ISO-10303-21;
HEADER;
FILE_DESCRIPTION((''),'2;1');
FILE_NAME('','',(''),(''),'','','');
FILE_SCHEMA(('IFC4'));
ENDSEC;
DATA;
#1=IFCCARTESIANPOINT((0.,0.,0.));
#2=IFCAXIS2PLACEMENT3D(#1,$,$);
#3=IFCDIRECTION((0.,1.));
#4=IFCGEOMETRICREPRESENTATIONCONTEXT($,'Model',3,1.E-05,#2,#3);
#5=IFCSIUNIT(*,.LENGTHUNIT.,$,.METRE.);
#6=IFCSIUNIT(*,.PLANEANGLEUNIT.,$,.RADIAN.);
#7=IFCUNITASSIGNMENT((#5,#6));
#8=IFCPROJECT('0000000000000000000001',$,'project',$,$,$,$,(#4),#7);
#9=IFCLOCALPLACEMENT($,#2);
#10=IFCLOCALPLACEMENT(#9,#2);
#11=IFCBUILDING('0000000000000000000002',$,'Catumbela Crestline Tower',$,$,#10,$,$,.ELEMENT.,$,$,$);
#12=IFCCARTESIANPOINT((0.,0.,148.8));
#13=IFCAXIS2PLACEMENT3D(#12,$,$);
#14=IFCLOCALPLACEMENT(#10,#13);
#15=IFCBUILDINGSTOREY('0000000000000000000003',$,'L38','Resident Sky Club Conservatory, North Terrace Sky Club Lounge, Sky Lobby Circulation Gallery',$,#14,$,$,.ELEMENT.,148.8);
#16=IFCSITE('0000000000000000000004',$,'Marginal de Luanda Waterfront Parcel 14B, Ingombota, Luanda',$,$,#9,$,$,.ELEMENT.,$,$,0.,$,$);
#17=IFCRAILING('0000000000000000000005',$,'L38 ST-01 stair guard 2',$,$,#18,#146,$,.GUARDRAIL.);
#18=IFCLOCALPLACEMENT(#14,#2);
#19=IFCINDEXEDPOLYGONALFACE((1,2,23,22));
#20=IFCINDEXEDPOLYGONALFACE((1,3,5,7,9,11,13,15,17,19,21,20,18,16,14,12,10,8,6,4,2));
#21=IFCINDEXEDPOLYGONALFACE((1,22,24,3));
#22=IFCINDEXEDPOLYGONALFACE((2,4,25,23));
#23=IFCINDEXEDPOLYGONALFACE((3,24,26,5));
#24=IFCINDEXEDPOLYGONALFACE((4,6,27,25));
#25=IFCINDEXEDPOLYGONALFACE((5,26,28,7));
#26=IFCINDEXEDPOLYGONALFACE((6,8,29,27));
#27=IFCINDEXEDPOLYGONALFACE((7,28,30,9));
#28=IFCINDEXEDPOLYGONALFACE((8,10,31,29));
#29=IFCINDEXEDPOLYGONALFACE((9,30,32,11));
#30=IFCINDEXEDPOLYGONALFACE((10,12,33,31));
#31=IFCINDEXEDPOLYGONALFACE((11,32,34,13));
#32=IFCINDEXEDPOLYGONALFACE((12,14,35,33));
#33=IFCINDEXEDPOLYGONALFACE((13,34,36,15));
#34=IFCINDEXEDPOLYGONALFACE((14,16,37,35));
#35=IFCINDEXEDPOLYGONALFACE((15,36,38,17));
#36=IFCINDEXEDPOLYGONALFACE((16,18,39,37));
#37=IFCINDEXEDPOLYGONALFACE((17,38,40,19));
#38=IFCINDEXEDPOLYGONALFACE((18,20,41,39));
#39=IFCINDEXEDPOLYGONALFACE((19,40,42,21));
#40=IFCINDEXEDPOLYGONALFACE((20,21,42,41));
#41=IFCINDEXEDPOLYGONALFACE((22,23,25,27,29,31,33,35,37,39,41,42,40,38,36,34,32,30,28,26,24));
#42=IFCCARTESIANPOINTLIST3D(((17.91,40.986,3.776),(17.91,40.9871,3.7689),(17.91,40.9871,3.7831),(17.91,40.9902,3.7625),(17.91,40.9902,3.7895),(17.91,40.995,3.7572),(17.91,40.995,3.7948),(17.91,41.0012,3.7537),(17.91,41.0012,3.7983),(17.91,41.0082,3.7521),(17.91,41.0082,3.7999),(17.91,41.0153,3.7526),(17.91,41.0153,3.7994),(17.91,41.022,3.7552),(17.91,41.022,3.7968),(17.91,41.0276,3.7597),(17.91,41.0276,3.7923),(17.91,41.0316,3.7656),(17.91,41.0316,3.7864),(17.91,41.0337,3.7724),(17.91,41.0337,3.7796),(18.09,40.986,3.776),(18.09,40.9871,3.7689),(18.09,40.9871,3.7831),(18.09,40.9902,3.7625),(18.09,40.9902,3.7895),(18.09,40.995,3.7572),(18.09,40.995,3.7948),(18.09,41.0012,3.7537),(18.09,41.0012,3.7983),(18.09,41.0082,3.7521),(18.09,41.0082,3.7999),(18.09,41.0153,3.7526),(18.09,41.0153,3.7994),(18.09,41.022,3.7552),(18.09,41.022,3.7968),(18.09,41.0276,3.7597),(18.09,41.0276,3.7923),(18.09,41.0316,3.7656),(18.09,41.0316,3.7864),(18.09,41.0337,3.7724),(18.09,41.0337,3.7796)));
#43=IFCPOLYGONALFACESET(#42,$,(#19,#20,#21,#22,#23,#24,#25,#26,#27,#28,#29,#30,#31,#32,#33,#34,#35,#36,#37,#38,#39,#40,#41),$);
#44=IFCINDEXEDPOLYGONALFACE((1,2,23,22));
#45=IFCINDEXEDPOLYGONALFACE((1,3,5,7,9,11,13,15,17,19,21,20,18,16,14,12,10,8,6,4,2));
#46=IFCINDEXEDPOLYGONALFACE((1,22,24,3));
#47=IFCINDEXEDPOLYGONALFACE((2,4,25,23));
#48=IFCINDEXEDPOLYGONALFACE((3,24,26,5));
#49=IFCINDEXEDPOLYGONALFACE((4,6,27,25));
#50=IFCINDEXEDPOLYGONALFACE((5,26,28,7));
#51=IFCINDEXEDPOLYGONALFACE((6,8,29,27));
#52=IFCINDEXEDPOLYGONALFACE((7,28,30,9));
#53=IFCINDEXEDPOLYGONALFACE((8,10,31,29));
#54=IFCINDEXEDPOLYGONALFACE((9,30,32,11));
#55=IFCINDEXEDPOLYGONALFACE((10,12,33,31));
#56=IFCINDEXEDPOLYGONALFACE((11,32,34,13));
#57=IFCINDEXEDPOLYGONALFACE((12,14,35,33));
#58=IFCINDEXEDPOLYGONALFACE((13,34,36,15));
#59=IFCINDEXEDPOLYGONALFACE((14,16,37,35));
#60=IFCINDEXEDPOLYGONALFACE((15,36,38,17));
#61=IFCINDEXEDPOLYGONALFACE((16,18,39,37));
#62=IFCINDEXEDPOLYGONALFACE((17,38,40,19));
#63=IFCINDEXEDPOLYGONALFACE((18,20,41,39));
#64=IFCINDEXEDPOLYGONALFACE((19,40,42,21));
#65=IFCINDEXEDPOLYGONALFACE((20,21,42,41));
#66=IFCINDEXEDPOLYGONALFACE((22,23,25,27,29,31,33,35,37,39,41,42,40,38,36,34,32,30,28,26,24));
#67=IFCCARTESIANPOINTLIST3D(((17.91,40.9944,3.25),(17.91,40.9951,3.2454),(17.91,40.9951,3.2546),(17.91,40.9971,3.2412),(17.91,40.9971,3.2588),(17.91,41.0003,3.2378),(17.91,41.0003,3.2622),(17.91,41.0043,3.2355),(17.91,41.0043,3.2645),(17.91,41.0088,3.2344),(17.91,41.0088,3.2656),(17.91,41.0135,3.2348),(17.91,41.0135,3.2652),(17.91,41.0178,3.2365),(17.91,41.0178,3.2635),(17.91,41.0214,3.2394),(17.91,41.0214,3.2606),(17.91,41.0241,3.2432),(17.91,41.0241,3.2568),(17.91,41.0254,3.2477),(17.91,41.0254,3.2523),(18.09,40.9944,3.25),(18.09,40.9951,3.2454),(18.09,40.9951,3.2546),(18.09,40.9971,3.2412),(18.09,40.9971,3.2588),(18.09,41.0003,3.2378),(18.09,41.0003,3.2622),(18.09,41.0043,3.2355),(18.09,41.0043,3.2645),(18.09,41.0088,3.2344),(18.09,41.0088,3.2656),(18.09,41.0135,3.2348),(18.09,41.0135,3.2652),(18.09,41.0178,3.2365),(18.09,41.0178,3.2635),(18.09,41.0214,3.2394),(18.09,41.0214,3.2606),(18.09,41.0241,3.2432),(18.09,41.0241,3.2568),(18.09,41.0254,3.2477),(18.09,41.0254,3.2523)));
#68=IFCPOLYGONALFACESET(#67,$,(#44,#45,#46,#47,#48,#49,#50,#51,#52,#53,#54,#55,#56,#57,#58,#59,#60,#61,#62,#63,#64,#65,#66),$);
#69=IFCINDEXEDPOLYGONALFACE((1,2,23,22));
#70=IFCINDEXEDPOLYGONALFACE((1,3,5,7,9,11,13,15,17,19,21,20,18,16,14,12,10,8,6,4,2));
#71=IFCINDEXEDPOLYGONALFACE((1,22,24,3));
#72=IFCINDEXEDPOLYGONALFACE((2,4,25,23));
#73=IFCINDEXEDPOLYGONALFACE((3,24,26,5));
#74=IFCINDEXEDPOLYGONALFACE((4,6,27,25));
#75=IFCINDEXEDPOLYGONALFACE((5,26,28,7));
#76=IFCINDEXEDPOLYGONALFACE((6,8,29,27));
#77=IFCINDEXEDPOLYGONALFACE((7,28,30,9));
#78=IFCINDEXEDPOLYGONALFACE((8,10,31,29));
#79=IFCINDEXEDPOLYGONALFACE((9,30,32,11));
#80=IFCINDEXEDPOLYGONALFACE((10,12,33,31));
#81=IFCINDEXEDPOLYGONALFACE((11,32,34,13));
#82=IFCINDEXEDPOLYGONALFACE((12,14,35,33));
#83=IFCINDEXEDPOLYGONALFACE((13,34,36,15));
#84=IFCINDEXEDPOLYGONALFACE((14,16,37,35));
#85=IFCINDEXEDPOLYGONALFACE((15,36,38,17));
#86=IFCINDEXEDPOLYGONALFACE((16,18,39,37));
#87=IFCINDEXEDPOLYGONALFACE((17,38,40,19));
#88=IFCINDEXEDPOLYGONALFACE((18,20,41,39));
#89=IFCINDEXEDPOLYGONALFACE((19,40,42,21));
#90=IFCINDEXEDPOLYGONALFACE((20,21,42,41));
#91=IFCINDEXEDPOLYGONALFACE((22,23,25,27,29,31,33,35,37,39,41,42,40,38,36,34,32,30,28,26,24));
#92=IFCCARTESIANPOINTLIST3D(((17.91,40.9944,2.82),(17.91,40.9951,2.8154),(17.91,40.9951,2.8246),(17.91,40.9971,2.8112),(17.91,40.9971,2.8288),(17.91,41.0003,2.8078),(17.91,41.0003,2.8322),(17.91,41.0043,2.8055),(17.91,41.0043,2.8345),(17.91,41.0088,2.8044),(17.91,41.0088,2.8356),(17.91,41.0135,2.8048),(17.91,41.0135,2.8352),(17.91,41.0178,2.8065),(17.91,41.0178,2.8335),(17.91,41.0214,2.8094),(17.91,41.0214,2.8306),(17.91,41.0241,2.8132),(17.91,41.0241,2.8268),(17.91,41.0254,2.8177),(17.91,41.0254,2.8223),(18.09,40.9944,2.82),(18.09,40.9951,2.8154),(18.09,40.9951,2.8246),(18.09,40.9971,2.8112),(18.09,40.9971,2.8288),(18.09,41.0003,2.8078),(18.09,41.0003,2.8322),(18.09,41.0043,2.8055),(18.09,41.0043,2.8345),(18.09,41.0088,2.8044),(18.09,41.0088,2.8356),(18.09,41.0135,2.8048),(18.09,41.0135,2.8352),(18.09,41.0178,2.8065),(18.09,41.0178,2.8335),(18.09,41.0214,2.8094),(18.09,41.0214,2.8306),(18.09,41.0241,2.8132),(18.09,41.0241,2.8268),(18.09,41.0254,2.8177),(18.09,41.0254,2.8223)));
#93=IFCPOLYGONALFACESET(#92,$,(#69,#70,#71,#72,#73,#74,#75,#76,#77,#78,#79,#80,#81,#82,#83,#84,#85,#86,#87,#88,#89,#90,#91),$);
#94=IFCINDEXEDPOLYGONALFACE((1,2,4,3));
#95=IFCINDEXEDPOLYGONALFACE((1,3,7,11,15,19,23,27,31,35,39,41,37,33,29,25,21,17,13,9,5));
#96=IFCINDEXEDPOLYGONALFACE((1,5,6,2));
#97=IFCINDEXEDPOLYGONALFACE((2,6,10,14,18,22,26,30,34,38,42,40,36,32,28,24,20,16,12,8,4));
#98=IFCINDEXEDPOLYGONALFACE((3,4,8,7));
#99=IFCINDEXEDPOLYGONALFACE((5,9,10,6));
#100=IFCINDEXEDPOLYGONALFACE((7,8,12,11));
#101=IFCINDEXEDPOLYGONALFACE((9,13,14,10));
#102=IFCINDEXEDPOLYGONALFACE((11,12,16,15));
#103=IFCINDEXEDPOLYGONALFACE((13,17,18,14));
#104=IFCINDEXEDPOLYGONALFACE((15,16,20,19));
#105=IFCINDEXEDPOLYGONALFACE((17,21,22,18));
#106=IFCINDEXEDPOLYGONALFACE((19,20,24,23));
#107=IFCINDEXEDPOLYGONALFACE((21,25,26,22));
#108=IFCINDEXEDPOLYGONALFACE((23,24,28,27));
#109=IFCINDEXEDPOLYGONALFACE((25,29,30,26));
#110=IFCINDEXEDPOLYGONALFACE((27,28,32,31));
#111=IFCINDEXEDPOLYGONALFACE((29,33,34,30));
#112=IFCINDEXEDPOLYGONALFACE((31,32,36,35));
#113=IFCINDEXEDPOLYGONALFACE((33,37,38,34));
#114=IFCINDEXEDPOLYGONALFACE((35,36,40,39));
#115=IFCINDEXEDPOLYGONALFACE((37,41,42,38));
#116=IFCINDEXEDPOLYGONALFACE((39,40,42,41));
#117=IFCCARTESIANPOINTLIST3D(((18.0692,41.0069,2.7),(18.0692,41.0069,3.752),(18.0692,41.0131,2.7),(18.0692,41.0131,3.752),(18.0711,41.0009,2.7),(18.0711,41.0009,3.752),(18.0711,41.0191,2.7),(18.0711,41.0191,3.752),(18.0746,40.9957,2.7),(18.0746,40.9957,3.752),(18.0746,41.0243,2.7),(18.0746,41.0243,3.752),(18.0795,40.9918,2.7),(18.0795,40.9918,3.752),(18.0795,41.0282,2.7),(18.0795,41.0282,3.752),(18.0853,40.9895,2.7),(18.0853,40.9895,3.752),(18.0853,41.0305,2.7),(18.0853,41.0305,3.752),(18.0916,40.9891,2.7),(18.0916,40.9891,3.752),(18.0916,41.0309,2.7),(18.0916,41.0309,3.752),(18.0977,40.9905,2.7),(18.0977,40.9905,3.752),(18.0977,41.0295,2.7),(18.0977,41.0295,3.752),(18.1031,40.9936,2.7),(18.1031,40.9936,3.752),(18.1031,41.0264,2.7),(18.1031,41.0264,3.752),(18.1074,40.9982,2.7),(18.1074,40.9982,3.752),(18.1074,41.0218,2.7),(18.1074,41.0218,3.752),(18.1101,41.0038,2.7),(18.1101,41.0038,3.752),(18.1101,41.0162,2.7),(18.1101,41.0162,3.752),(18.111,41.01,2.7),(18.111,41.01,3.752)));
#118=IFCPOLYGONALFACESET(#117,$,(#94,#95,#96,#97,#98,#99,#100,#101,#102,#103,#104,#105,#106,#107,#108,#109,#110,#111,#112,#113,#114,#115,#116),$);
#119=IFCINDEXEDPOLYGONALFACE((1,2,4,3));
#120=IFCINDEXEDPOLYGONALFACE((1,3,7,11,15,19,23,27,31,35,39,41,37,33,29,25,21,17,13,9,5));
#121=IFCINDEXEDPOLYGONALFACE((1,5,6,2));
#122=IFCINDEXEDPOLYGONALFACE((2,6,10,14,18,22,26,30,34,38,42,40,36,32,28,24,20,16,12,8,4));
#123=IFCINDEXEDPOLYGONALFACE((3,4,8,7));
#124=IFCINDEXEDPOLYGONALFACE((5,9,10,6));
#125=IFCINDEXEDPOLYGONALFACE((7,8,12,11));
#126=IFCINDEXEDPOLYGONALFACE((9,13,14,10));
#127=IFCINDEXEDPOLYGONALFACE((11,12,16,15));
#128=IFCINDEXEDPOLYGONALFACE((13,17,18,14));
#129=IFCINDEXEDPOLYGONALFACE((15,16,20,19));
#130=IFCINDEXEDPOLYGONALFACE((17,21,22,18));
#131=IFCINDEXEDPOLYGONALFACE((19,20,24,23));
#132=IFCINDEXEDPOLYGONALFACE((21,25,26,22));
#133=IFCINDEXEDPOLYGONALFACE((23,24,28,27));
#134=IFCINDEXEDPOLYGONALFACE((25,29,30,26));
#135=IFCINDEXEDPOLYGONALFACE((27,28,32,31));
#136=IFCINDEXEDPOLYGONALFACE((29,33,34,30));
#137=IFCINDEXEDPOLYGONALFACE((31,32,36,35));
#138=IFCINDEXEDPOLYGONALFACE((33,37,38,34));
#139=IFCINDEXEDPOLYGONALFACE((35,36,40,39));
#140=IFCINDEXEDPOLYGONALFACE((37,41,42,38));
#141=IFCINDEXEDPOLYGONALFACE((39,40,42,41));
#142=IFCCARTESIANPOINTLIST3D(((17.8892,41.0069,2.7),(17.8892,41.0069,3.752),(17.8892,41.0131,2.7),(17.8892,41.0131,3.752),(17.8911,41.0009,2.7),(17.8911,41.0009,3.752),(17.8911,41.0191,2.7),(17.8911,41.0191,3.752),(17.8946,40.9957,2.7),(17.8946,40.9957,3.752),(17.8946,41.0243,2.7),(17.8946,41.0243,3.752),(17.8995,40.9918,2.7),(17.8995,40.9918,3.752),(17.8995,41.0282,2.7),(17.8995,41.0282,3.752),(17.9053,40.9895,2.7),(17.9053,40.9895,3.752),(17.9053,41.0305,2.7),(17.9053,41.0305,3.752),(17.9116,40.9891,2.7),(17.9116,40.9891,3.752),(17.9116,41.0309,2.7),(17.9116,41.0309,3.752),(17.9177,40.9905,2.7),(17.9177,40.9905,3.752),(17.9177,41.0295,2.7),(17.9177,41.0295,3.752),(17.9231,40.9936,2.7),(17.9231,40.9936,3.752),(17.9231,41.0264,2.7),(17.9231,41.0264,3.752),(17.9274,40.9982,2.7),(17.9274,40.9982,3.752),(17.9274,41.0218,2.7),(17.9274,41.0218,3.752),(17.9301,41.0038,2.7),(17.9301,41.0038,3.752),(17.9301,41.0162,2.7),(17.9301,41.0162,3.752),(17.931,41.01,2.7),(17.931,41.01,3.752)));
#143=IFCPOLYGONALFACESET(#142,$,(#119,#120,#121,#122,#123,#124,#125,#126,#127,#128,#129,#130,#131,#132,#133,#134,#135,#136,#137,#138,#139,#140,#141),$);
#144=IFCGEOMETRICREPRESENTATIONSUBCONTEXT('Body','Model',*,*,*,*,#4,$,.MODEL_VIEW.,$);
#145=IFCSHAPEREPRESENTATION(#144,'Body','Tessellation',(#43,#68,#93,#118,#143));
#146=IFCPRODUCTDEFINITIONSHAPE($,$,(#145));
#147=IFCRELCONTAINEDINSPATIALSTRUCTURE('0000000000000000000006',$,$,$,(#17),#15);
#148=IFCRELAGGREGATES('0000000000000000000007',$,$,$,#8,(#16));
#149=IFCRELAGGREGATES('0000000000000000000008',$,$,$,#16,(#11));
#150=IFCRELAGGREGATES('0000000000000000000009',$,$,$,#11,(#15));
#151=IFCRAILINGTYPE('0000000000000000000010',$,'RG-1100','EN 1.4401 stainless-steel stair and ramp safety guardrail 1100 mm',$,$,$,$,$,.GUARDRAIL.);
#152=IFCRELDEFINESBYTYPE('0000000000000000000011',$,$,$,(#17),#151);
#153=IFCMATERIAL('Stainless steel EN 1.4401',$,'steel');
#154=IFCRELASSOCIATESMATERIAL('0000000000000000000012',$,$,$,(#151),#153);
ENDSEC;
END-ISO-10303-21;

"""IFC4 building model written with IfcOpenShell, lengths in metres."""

from ifc_helpers import new_model, si_unit, direction, frame, origin, origin_2d, place, context, subcontext, project, spatial, circle, extrude, material, type_object, element, save


model = new_model("IFC4")

# Units and contexts
model_context = context("Model", 3, precision=1e-05, world=origin(), true_north=direction((0.0, 1.0)))
body_context = subcontext(model_context, "Body", "Model", "MODEL_VIEW")
ifc_project = project(units=[si_unit("LENGTHUNIT", "METRE"), si_unit("PLANEANGLEUNIT", "RADIAN")], contexts=[model_context])

# Site, building, storey
site_placement = place(None, origin())
site = spatial("IfcSite", under=ifc_project, at=site_placement, Name="Marginal de Luanda Waterfront Parcel 14B, Ingombota, Luanda", CompositionType="ELEMENT", RefElevation=0.0)
building_placement = place(site_placement, origin())
building = spatial("IfcBuilding", under=site, at=building_placement, Name="Catumbela Crestline Tower", CompositionType="ELEMENT")
storey_placement = place(building_placement, frame((0.0, 0.0, 148.8)))
storey = spatial("IfcBuildingStorey", under=building, at=storey_placement, Name="L38", Description="Resident Sky Club Conservatory, North Terrace Sky Club Lounge, Sky Lobby Circulation Gallery", CompositionType="ELEMENT", Elevation=148.8)

# Shared definitions
ifc_material_1 = material(Name="Stainless steel EN 1.4401", Category="steel")

# Railing
railing_type_1 = type_object("IfcRailingType", Name="RG-1100", Description="EN 1.4401 stainless-steel stair and ramp safety guardrail 1100 mm", PredefinedType="GUARDRAIL", material=ifc_material_1)
railing_1_placement = place(storey_placement, frame((18.09, 41.01, 2.7)))
element("IfcRailing", 1, at=railing_1_placement, inside=storey, type_object=railing_type_1, Name="L38 ST-01 stair guard 2", PredefinedType="GUARDRAIL", context=body_context, shape_type="SweptSolid", body=[
    extrude(circle(Radius=0.024, at=origin_2d()), frame((0.0, 0.0, 1.076), z_axis=(-1.0, 0.0, 0.0), x_axis=(0.0, -1.0, 0.0)), (0.0, 0.0, 1.0), 0.18),
    extrude(circle(Radius=0.0156, at=origin_2d()), frame((0.0, 0.0, 0.55), z_axis=(-1.0, 0.0, 0.0), x_axis=(0.0, -1.0, 0.0)), (0.0, 0.0, 1.0), 0.18),
    extrude(circle(Radius=0.0156, at=origin_2d()), frame((0.0, 0.0, 0.12), z_axis=(-1.0, 0.0, 0.0), x_axis=(0.0, -1.0, 0.0)), (0.0, 0.0, 1.0), 0.18),
    extrude(circle(Radius=0.021, at=origin_2d()), origin(), (0.0, 0.0, 1.0), 1.052),
    extrude(circle(Radius=0.021, at=origin_2d()), frame((-0.18, 0.0, 0.0)), (0.0, 0.0, 1.0), 1.052),
])

save(model, "model.ifc")
